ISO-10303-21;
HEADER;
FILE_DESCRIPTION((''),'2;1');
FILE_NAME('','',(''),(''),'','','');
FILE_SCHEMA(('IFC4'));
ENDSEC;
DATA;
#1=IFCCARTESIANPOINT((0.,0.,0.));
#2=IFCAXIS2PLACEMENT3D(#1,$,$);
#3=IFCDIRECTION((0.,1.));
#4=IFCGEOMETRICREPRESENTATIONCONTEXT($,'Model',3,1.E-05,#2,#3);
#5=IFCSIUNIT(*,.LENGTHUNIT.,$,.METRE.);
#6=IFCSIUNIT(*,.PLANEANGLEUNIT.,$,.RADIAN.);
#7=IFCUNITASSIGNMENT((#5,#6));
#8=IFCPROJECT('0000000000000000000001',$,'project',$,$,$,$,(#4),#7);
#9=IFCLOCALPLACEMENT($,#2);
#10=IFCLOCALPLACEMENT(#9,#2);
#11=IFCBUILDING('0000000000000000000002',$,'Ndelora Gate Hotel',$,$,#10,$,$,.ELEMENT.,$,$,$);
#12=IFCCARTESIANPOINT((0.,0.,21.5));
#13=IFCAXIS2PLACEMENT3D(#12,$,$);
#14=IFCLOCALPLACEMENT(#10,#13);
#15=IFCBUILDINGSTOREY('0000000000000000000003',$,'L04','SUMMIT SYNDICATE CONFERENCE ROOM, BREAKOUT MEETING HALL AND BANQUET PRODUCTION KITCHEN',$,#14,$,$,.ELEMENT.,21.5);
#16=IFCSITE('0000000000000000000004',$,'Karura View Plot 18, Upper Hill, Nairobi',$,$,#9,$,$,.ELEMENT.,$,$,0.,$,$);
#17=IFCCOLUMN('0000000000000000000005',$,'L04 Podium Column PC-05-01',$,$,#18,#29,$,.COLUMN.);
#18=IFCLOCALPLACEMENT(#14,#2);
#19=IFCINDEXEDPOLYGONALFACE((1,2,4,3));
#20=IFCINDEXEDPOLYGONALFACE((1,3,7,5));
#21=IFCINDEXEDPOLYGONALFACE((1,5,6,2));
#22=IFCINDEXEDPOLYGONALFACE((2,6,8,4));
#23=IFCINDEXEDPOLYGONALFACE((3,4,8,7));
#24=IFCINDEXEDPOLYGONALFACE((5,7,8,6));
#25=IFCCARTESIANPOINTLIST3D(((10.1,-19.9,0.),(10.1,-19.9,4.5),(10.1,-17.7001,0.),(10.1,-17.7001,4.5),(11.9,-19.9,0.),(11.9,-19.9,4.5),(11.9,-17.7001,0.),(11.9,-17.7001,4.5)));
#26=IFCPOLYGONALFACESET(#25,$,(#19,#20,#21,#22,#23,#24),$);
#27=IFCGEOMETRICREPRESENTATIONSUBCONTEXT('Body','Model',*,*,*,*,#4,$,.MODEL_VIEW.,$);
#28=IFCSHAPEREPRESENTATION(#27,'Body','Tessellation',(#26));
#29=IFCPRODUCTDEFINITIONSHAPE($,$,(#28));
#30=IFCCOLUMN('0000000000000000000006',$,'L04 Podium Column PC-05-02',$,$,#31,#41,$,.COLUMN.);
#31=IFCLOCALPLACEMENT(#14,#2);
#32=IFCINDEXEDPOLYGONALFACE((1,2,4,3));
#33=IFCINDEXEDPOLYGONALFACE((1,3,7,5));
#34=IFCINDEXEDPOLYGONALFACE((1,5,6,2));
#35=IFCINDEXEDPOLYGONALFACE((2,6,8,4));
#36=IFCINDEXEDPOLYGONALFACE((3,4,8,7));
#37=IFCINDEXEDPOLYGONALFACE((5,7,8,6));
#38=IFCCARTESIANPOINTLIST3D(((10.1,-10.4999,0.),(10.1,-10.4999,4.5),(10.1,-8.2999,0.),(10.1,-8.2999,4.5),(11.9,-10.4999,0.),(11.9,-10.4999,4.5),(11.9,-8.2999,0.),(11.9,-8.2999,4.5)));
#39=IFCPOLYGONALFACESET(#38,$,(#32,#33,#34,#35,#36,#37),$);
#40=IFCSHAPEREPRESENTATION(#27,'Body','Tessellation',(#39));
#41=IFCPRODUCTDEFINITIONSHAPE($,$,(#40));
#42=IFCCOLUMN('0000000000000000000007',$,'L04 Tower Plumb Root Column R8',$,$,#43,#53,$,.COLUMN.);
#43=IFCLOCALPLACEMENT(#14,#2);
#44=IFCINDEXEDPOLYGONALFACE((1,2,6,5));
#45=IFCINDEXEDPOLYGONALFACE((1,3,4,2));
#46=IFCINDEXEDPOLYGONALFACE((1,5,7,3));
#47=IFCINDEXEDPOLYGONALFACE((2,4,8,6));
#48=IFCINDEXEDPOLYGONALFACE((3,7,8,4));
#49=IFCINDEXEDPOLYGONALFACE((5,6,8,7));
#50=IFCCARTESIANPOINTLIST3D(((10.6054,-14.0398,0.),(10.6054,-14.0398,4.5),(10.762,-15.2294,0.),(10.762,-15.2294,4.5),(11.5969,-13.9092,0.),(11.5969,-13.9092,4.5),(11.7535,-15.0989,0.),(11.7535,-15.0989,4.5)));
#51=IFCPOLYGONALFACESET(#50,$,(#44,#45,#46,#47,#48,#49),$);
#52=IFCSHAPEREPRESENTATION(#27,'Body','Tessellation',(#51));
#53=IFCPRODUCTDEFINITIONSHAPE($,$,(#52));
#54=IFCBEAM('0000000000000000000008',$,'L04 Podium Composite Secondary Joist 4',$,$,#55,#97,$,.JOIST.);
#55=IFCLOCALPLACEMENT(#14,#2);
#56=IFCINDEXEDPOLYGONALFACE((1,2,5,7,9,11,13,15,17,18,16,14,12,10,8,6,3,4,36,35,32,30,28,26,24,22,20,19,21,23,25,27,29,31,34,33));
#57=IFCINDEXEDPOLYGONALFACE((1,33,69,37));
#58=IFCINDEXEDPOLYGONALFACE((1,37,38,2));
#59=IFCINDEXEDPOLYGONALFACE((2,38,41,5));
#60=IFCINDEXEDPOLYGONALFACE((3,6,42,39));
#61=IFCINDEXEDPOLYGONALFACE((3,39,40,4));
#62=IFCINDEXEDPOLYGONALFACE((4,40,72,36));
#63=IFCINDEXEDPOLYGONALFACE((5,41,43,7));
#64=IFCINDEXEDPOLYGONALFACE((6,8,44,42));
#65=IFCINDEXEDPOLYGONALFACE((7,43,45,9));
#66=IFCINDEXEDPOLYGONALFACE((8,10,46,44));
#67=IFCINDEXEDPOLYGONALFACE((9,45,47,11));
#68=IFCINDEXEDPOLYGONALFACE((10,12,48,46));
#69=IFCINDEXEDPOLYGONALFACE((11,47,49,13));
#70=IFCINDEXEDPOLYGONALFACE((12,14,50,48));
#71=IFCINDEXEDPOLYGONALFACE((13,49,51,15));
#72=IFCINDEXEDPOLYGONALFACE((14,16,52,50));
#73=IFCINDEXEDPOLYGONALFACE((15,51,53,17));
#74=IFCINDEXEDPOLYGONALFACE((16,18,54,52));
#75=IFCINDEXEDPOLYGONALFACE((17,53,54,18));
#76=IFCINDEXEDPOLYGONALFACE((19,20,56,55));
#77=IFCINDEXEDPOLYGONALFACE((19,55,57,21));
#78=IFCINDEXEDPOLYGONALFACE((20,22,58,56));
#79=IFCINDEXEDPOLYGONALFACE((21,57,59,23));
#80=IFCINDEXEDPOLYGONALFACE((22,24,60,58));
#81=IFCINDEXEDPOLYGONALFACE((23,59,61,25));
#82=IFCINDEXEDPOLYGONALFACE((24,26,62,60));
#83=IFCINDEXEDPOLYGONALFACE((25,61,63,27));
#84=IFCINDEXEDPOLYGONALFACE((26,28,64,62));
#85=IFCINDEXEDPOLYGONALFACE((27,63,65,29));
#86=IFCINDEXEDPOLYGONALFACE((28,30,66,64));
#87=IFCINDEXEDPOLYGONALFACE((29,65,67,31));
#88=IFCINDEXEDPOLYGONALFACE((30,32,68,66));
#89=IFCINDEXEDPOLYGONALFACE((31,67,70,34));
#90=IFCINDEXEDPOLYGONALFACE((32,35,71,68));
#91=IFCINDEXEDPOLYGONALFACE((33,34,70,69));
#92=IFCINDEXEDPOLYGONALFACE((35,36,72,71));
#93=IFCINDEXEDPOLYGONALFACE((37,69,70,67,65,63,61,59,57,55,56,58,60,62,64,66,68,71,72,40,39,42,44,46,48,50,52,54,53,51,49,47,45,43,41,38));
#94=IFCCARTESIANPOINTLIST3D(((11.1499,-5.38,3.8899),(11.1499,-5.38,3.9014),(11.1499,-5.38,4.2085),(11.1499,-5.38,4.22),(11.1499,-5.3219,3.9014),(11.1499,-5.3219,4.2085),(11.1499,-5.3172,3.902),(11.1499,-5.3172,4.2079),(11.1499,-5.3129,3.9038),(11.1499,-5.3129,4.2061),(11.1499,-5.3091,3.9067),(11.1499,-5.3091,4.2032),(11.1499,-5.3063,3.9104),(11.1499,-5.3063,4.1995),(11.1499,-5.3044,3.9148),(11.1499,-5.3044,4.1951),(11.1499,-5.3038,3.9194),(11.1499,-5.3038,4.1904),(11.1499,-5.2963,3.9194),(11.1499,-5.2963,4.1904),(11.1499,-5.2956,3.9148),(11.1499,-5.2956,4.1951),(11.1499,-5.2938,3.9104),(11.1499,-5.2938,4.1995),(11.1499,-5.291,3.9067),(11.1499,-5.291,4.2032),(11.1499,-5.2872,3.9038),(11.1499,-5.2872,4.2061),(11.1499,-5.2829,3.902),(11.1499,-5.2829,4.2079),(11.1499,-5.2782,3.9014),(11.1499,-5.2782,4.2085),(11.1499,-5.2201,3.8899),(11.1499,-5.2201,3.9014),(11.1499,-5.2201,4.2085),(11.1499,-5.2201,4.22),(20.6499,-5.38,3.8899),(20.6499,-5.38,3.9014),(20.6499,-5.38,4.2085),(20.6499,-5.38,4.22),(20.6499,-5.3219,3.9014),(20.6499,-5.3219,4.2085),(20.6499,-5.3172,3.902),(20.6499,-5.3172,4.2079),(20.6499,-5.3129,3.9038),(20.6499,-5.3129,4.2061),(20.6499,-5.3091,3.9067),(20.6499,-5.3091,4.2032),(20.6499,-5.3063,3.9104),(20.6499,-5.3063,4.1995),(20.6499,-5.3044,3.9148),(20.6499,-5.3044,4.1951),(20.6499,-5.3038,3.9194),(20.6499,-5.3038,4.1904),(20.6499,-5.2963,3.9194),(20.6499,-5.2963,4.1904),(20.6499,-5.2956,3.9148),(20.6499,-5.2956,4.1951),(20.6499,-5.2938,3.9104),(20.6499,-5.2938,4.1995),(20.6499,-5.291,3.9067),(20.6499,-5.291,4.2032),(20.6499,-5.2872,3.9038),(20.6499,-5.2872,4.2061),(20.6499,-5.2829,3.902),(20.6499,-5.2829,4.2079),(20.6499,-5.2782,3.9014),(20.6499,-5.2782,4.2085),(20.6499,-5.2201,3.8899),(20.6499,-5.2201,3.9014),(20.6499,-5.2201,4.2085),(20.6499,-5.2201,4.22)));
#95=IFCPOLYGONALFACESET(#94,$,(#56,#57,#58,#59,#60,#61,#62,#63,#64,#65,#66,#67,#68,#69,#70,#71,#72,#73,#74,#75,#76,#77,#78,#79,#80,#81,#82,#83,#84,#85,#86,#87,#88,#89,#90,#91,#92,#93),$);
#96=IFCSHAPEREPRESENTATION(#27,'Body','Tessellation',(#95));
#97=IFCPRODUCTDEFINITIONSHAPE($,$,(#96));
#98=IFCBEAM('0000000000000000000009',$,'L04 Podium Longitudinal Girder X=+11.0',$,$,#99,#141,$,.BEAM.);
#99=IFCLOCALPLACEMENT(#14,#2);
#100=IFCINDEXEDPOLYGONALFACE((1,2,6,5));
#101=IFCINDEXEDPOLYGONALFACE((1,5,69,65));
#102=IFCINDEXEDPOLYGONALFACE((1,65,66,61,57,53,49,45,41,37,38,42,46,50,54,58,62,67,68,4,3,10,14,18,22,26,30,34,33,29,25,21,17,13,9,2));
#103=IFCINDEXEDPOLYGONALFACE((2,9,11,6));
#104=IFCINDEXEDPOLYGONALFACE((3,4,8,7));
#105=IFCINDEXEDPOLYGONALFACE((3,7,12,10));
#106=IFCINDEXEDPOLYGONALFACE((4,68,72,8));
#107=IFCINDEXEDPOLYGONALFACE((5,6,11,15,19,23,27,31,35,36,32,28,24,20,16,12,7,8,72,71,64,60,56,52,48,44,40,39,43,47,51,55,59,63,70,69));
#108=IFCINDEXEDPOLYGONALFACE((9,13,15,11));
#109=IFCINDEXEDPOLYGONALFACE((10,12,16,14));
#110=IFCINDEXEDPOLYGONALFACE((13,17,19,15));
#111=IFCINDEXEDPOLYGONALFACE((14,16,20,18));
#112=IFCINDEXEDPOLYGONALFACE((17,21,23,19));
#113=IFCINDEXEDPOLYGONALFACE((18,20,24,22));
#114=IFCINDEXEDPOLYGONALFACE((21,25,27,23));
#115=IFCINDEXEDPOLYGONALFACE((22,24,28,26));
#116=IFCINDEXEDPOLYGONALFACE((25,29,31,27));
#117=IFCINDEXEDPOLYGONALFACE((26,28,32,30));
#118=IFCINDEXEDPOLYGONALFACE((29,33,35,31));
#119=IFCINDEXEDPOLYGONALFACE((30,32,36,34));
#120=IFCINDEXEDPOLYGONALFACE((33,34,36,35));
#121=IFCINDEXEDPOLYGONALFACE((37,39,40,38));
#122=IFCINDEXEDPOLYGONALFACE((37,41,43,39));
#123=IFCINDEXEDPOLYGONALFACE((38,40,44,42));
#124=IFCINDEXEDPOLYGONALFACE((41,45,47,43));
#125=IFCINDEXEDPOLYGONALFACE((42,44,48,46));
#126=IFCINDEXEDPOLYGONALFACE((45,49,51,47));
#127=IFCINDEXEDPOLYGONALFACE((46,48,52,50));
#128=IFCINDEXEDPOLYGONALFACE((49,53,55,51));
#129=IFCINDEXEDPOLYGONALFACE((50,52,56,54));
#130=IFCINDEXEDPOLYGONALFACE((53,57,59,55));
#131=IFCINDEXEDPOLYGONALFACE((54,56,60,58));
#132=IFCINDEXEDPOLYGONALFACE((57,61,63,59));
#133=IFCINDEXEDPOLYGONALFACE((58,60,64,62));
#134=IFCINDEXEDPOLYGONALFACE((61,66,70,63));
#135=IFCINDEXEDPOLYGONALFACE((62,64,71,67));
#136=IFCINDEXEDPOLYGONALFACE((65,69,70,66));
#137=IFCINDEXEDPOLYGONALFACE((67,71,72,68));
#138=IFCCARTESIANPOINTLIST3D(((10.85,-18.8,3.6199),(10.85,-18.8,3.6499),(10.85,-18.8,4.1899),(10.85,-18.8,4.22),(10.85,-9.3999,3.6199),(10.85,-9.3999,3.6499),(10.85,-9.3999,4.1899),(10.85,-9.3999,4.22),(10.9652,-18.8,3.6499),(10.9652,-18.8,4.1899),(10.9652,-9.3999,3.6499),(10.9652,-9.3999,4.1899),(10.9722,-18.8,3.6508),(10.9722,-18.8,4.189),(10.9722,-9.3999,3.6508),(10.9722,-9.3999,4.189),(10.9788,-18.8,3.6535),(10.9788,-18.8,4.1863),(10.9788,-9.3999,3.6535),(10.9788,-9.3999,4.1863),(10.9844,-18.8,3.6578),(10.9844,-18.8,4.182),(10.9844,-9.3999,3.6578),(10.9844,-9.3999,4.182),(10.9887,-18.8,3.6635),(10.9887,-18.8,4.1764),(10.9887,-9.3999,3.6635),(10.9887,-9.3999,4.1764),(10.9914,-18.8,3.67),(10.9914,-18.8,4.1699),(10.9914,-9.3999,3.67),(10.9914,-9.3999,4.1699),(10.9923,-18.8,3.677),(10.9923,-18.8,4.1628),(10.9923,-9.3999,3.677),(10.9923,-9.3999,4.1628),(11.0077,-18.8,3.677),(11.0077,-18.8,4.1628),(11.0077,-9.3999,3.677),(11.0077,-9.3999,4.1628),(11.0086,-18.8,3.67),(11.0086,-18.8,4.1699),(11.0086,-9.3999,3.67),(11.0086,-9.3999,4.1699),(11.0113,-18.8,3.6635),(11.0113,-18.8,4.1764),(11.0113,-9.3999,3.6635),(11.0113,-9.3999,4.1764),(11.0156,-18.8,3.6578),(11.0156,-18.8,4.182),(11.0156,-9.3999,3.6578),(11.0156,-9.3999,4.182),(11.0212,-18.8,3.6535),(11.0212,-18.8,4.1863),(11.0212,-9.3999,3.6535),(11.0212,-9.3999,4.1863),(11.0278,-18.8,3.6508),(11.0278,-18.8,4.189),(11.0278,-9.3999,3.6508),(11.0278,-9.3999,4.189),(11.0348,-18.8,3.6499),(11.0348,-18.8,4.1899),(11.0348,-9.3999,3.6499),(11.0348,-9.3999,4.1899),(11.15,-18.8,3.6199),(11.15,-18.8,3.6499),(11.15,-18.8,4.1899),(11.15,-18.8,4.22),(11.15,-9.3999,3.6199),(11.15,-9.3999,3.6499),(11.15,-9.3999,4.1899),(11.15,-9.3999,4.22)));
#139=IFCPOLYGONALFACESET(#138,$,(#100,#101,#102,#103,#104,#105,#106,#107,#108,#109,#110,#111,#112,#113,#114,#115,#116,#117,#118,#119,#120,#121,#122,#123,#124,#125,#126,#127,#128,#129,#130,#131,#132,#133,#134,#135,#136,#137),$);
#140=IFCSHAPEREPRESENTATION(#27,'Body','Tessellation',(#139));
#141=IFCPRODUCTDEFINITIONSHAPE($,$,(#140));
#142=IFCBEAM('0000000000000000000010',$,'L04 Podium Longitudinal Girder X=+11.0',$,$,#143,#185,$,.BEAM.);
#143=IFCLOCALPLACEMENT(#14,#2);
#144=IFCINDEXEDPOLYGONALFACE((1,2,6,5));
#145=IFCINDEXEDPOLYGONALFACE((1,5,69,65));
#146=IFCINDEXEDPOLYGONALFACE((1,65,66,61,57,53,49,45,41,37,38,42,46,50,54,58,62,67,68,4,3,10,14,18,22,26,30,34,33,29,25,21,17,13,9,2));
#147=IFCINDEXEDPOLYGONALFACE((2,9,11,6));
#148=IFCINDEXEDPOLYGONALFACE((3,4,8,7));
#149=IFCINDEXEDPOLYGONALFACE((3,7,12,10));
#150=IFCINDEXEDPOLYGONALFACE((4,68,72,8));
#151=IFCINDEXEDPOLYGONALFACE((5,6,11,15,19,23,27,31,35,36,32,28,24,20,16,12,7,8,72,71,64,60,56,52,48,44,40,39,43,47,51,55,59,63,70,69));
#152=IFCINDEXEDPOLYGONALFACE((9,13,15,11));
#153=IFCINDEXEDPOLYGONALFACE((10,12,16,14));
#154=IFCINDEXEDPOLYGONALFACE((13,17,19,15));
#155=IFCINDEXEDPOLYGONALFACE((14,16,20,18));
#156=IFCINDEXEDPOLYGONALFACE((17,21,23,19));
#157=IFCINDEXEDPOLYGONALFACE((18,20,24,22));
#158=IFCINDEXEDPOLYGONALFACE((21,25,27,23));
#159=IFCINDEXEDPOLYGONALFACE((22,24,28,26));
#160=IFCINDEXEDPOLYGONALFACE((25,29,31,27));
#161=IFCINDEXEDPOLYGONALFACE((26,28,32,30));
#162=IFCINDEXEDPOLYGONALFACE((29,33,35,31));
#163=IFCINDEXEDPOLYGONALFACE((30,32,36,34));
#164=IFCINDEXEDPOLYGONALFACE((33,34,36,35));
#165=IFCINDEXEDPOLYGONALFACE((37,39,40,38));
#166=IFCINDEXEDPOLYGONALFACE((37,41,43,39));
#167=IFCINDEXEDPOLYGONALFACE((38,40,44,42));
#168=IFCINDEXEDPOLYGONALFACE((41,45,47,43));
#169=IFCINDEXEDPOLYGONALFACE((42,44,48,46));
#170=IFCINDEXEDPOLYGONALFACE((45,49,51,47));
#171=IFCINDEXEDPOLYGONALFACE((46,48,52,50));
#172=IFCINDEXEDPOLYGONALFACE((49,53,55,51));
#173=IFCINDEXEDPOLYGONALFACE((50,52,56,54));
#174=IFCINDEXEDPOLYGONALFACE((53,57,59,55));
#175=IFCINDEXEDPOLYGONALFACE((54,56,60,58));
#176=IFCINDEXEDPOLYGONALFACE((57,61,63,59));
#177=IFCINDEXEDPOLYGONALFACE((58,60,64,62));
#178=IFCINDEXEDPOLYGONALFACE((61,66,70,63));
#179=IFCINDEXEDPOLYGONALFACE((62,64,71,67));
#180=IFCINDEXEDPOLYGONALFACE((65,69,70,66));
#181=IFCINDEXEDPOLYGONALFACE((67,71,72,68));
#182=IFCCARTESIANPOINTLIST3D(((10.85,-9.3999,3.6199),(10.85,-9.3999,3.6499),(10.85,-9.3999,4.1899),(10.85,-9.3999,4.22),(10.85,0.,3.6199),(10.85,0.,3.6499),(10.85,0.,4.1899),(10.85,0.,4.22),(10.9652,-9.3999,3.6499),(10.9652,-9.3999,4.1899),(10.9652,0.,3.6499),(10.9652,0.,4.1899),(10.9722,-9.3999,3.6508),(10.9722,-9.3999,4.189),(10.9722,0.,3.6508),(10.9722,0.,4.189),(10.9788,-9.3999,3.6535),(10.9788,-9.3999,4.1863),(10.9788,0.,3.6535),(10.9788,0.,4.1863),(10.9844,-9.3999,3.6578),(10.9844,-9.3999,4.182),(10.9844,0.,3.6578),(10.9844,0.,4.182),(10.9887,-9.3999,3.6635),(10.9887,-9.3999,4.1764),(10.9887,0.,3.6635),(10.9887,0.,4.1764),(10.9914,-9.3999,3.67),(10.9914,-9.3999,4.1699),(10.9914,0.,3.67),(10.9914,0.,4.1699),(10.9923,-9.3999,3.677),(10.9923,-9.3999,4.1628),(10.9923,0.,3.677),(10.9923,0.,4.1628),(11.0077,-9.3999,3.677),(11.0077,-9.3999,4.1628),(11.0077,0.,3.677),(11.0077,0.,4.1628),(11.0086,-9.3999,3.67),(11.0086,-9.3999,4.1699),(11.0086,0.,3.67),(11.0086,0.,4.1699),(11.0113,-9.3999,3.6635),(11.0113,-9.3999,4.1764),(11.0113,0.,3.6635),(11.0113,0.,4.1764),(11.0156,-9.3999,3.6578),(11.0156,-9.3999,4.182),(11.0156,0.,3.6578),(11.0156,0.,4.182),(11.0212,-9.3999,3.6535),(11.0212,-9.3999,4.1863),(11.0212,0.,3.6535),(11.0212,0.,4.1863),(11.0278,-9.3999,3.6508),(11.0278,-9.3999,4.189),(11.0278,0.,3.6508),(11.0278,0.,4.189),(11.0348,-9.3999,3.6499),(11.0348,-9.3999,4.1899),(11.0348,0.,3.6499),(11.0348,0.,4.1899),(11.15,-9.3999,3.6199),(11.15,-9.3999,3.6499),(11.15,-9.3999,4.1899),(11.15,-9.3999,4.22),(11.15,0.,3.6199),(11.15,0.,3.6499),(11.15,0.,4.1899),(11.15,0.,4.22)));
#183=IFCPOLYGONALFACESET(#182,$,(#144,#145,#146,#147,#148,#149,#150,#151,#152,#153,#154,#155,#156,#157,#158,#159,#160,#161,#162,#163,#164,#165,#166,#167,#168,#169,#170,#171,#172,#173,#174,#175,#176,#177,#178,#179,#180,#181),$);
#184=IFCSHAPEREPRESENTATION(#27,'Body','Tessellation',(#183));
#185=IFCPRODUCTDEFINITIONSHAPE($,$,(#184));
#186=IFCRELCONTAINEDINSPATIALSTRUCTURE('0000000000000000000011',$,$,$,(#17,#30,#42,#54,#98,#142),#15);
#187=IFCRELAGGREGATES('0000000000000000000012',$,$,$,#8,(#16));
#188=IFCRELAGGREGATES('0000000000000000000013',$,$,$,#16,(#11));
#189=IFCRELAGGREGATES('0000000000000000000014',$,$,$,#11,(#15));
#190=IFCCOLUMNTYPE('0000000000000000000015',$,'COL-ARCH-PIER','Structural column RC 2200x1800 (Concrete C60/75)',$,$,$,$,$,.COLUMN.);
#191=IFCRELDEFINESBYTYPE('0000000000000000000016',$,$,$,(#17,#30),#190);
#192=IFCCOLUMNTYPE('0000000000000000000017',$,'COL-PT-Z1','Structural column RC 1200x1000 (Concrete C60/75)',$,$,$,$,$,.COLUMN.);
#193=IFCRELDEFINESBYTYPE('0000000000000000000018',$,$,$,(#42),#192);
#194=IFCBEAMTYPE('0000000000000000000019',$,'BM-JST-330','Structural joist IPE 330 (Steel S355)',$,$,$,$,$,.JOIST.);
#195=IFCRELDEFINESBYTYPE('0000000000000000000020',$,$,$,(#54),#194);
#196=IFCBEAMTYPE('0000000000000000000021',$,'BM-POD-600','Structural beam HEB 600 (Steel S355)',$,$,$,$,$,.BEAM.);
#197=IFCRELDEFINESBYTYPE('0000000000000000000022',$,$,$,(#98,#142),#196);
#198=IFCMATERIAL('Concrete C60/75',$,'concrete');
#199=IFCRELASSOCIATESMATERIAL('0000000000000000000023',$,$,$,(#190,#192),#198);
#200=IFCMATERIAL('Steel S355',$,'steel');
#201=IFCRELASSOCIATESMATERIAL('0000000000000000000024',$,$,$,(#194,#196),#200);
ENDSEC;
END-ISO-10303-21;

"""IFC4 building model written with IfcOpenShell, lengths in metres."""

from ifc_helpers import new_model, si_unit, direction, frame, origin, origin_2d, place, context, subcontext, project, spatial, rectangle, i_section, extrude, material, material_profile, profile_set, type_object, element, save


model = new_model("IFC4")

# Units and contexts
model_context = context("Model", 3, precision=1e-05, world=origin(), true_north=direction((0.0, 1.0)))
body_context = subcontext(model_context, "Body", "Model", "MODEL_VIEW")
ifc_project = project(units=[si_unit("LENGTHUNIT", "METRE"), si_unit("PLANEANGLEUNIT", "RADIAN")], contexts=[model_context])

# Site, building, storey
site_placement = place(None, origin())
site = spatial("IfcSite", under=ifc_project, at=site_placement, Name="Karura View Plot 18, Upper Hill, Nairobi", CompositionType="ELEMENT", RefElevation=0.0)
building_placement = place(site_placement, origin())
building = spatial("IfcBuilding", under=site, at=building_placement, Name="Ndelora Gate Hotel", CompositionType="ELEMENT")
storey_placement = place(building_placement, frame((0.0, 0.0, 21.5)))
storey = spatial("IfcBuildingStorey", under=building, at=storey_placement, Name="L04", Description="SUMMIT SYNDICATE CONFERENCE ROOM, BREAKOUT MEETING HALL AND BANQUET PRODUCTION KITCHEN", CompositionType="ELEMENT", Elevation=21.5)

# Columns
ifc_material_1 = material(Name="Concrete C60/75", Category="concrete")
ifc_material_profile_1 = material_profile(ifc_material_1, rectangle(XDim=1.8, YDim=2.2, at=origin_2d()), Name="RC 2200x1800")
ifc_profile_set_1 = profile_set([ifc_material_profile_1], Name="Concrete C60/75")
column_type_1 = type_object("IfcColumnType", Name="COL-ARCH-PIER", Description="Structural column RC 2200x1800 (Concrete C60/75)", PredefinedType="COLUMN", material=ifc_profile_set_1)
for number, where, z_axis, x_axis, name in (
    (1, (11.0, -18.8, 0.0), (0.0, 0.0, 1.0), (1.0, 0.0, 0.0), "L04 Podium Column PC-05-01"),
    (2, (11.0, -9.3999, 0.0), (0.0, 0.0, 1.0), (1.0, 0.0, 0.0), "L04 Podium Column PC-05-02"),
):
    element("IfcColumn", number, at=place(storey_placement, frame(where, z_axis=z_axis, x_axis=x_axis)), inside=storey, type_object=column_type_1, Name=name, PredefinedType="COLUMN", context=body_context, shape_type="SweptSolid", body=[
        extrude(rectangle(XDim=1.8, YDim=2.2, at=origin_2d()), origin(), (0.0, 0.0, 1.0), 4.5),
    ])
ifc_material_profile_2 = material_profile(ifc_material_1, rectangle(XDim=1.0, YDim=1.2, at=origin_2d()), Name="RC 1200x1000")
ifc_profile_set_2 = profile_set([ifc_material_profile_2], Name="Concrete C60/75")
column_type_2 = type_object("IfcColumnType", Name="COL-PT-Z1", Description="Structural column RC 1200x1000 (Concrete C60/75)", PredefinedType="COLUMN", material=ifc_profile_set_2)
column_placement = place(storey_placement, frame((11.1794, -14.5693, 0.0), z_axis=(0.0, 0.0, 1.0), x_axis=(0.991445, 0.130526, 0.0)))
element("IfcColumn", 3, at=column_placement, inside=storey, type_object=column_type_2, Name="L04 Tower Plumb Root Column R8", PredefinedType="COLUMN", context=body_context, shape_type="SweptSolid", body=[
    extrude(rectangle(XDim=1.0, YDim=1.2, at=origin_2d()), origin(), (0.0, 0.0, 1.0), 4.5),
])

# Beams
ifc_material_2 = material(Name="Steel S355", Category="steel")
ifc_material_profile_3 = material_profile(ifc_material_2, i_section(OverallWidth=0.1599, OverallDepth=0.3301, WebThickness=0.0076, FlangeThickness=0.0115, FilletRadius=0.0181, at=origin_2d()), Name="IPE 330")
ifc_profile_set_3 = profile_set([ifc_material_profile_3], Name="Steel S355")
beam_type_1 = type_object("IfcBeamType", Name="BM-JST-330", Description="Structural joist IPE 330 (Steel S355)", PredefinedType="JOIST", material=ifc_profile_set_3)
beam_1_placement = place(storey_placement, frame((11.1499, -5.3, 4.0549), z_axis=(1.0, 0.0, 0.0), x_axis=(0.0, 1.0, 0.0)))
element("IfcBeam", 4, at=beam_1_placement, inside=storey, type_object=beam_type_1, Name="L04 Podium Composite Secondary Joist 4", PredefinedType="JOIST", context=body_context, shape_type="SweptSolid", body=[
    extrude(i_section(OverallWidth=0.1599, OverallDepth=0.3301, WebThickness=0.0076, FlangeThickness=0.0115, FilletRadius=0.0181, at=origin_2d()), origin(), (0.0, 0.0, 1.0), 9.5),
])
ifc_material_profile_4 = material_profile(ifc_material_2, i_section(OverallWidth=0.3, OverallDepth=0.6001, WebThickness=0.0154, FlangeThickness=0.03, FilletRadius=0.0271, at=origin_2d()), Name="HEB 600")
ifc_profile_set_4 = profile_set([ifc_material_profile_4], Name="Steel S355")
beam_type_2 = type_object("IfcBeamType", Name="BM-POD-600", Description="Structural beam HEB 600 (Steel S355)", PredefinedType="BEAM", material=ifc_profile_set_4)
beam_2_placement = place(storey_placement, frame((11.0, -18.8, 3.9199), z_axis=(0.0, 1.0, 0.0), x_axis=(-1.0, 0.0, 0.0)))
element("IfcBeam", 5, at=beam_2_placement, inside=storey, type_object=beam_type_2, Name="L04 Podium Longitudinal Girder X=+11.0", PredefinedType="BEAM", context=body_context, shape_type="SweptSolid", body=[
    extrude(i_section(OverallWidth=0.3, OverallDepth=0.6001, WebThickness=0.0154, FlangeThickness=0.03, FilletRadius=0.0271, at=origin_2d()), origin(), (0.0, 0.0, 1.0), 9.4001),
])
beam_3_placement = place(storey_placement, frame((11.0, -9.3999, 3.9199), z_axis=(0.0, 1.0, 0.0), x_axis=(-1.0, 0.0, 0.0)))
element("IfcBeam", 6, at=beam_3_placement, inside=storey, type_object=beam_type_2, Name="L04 Podium Longitudinal Girder X=+11.0", PredefinedType="BEAM", context=body_context, shape_type="SweptSolid", body=[
    extrude(i_section(OverallWidth=0.3, OverallDepth=0.6001, WebThickness=0.0154, FlangeThickness=0.03, FilletRadius=0.0271, at=origin_2d()), origin(), (0.0, 0.0, 1.0), 9.3999),
])

save(model, "model.ifc")
